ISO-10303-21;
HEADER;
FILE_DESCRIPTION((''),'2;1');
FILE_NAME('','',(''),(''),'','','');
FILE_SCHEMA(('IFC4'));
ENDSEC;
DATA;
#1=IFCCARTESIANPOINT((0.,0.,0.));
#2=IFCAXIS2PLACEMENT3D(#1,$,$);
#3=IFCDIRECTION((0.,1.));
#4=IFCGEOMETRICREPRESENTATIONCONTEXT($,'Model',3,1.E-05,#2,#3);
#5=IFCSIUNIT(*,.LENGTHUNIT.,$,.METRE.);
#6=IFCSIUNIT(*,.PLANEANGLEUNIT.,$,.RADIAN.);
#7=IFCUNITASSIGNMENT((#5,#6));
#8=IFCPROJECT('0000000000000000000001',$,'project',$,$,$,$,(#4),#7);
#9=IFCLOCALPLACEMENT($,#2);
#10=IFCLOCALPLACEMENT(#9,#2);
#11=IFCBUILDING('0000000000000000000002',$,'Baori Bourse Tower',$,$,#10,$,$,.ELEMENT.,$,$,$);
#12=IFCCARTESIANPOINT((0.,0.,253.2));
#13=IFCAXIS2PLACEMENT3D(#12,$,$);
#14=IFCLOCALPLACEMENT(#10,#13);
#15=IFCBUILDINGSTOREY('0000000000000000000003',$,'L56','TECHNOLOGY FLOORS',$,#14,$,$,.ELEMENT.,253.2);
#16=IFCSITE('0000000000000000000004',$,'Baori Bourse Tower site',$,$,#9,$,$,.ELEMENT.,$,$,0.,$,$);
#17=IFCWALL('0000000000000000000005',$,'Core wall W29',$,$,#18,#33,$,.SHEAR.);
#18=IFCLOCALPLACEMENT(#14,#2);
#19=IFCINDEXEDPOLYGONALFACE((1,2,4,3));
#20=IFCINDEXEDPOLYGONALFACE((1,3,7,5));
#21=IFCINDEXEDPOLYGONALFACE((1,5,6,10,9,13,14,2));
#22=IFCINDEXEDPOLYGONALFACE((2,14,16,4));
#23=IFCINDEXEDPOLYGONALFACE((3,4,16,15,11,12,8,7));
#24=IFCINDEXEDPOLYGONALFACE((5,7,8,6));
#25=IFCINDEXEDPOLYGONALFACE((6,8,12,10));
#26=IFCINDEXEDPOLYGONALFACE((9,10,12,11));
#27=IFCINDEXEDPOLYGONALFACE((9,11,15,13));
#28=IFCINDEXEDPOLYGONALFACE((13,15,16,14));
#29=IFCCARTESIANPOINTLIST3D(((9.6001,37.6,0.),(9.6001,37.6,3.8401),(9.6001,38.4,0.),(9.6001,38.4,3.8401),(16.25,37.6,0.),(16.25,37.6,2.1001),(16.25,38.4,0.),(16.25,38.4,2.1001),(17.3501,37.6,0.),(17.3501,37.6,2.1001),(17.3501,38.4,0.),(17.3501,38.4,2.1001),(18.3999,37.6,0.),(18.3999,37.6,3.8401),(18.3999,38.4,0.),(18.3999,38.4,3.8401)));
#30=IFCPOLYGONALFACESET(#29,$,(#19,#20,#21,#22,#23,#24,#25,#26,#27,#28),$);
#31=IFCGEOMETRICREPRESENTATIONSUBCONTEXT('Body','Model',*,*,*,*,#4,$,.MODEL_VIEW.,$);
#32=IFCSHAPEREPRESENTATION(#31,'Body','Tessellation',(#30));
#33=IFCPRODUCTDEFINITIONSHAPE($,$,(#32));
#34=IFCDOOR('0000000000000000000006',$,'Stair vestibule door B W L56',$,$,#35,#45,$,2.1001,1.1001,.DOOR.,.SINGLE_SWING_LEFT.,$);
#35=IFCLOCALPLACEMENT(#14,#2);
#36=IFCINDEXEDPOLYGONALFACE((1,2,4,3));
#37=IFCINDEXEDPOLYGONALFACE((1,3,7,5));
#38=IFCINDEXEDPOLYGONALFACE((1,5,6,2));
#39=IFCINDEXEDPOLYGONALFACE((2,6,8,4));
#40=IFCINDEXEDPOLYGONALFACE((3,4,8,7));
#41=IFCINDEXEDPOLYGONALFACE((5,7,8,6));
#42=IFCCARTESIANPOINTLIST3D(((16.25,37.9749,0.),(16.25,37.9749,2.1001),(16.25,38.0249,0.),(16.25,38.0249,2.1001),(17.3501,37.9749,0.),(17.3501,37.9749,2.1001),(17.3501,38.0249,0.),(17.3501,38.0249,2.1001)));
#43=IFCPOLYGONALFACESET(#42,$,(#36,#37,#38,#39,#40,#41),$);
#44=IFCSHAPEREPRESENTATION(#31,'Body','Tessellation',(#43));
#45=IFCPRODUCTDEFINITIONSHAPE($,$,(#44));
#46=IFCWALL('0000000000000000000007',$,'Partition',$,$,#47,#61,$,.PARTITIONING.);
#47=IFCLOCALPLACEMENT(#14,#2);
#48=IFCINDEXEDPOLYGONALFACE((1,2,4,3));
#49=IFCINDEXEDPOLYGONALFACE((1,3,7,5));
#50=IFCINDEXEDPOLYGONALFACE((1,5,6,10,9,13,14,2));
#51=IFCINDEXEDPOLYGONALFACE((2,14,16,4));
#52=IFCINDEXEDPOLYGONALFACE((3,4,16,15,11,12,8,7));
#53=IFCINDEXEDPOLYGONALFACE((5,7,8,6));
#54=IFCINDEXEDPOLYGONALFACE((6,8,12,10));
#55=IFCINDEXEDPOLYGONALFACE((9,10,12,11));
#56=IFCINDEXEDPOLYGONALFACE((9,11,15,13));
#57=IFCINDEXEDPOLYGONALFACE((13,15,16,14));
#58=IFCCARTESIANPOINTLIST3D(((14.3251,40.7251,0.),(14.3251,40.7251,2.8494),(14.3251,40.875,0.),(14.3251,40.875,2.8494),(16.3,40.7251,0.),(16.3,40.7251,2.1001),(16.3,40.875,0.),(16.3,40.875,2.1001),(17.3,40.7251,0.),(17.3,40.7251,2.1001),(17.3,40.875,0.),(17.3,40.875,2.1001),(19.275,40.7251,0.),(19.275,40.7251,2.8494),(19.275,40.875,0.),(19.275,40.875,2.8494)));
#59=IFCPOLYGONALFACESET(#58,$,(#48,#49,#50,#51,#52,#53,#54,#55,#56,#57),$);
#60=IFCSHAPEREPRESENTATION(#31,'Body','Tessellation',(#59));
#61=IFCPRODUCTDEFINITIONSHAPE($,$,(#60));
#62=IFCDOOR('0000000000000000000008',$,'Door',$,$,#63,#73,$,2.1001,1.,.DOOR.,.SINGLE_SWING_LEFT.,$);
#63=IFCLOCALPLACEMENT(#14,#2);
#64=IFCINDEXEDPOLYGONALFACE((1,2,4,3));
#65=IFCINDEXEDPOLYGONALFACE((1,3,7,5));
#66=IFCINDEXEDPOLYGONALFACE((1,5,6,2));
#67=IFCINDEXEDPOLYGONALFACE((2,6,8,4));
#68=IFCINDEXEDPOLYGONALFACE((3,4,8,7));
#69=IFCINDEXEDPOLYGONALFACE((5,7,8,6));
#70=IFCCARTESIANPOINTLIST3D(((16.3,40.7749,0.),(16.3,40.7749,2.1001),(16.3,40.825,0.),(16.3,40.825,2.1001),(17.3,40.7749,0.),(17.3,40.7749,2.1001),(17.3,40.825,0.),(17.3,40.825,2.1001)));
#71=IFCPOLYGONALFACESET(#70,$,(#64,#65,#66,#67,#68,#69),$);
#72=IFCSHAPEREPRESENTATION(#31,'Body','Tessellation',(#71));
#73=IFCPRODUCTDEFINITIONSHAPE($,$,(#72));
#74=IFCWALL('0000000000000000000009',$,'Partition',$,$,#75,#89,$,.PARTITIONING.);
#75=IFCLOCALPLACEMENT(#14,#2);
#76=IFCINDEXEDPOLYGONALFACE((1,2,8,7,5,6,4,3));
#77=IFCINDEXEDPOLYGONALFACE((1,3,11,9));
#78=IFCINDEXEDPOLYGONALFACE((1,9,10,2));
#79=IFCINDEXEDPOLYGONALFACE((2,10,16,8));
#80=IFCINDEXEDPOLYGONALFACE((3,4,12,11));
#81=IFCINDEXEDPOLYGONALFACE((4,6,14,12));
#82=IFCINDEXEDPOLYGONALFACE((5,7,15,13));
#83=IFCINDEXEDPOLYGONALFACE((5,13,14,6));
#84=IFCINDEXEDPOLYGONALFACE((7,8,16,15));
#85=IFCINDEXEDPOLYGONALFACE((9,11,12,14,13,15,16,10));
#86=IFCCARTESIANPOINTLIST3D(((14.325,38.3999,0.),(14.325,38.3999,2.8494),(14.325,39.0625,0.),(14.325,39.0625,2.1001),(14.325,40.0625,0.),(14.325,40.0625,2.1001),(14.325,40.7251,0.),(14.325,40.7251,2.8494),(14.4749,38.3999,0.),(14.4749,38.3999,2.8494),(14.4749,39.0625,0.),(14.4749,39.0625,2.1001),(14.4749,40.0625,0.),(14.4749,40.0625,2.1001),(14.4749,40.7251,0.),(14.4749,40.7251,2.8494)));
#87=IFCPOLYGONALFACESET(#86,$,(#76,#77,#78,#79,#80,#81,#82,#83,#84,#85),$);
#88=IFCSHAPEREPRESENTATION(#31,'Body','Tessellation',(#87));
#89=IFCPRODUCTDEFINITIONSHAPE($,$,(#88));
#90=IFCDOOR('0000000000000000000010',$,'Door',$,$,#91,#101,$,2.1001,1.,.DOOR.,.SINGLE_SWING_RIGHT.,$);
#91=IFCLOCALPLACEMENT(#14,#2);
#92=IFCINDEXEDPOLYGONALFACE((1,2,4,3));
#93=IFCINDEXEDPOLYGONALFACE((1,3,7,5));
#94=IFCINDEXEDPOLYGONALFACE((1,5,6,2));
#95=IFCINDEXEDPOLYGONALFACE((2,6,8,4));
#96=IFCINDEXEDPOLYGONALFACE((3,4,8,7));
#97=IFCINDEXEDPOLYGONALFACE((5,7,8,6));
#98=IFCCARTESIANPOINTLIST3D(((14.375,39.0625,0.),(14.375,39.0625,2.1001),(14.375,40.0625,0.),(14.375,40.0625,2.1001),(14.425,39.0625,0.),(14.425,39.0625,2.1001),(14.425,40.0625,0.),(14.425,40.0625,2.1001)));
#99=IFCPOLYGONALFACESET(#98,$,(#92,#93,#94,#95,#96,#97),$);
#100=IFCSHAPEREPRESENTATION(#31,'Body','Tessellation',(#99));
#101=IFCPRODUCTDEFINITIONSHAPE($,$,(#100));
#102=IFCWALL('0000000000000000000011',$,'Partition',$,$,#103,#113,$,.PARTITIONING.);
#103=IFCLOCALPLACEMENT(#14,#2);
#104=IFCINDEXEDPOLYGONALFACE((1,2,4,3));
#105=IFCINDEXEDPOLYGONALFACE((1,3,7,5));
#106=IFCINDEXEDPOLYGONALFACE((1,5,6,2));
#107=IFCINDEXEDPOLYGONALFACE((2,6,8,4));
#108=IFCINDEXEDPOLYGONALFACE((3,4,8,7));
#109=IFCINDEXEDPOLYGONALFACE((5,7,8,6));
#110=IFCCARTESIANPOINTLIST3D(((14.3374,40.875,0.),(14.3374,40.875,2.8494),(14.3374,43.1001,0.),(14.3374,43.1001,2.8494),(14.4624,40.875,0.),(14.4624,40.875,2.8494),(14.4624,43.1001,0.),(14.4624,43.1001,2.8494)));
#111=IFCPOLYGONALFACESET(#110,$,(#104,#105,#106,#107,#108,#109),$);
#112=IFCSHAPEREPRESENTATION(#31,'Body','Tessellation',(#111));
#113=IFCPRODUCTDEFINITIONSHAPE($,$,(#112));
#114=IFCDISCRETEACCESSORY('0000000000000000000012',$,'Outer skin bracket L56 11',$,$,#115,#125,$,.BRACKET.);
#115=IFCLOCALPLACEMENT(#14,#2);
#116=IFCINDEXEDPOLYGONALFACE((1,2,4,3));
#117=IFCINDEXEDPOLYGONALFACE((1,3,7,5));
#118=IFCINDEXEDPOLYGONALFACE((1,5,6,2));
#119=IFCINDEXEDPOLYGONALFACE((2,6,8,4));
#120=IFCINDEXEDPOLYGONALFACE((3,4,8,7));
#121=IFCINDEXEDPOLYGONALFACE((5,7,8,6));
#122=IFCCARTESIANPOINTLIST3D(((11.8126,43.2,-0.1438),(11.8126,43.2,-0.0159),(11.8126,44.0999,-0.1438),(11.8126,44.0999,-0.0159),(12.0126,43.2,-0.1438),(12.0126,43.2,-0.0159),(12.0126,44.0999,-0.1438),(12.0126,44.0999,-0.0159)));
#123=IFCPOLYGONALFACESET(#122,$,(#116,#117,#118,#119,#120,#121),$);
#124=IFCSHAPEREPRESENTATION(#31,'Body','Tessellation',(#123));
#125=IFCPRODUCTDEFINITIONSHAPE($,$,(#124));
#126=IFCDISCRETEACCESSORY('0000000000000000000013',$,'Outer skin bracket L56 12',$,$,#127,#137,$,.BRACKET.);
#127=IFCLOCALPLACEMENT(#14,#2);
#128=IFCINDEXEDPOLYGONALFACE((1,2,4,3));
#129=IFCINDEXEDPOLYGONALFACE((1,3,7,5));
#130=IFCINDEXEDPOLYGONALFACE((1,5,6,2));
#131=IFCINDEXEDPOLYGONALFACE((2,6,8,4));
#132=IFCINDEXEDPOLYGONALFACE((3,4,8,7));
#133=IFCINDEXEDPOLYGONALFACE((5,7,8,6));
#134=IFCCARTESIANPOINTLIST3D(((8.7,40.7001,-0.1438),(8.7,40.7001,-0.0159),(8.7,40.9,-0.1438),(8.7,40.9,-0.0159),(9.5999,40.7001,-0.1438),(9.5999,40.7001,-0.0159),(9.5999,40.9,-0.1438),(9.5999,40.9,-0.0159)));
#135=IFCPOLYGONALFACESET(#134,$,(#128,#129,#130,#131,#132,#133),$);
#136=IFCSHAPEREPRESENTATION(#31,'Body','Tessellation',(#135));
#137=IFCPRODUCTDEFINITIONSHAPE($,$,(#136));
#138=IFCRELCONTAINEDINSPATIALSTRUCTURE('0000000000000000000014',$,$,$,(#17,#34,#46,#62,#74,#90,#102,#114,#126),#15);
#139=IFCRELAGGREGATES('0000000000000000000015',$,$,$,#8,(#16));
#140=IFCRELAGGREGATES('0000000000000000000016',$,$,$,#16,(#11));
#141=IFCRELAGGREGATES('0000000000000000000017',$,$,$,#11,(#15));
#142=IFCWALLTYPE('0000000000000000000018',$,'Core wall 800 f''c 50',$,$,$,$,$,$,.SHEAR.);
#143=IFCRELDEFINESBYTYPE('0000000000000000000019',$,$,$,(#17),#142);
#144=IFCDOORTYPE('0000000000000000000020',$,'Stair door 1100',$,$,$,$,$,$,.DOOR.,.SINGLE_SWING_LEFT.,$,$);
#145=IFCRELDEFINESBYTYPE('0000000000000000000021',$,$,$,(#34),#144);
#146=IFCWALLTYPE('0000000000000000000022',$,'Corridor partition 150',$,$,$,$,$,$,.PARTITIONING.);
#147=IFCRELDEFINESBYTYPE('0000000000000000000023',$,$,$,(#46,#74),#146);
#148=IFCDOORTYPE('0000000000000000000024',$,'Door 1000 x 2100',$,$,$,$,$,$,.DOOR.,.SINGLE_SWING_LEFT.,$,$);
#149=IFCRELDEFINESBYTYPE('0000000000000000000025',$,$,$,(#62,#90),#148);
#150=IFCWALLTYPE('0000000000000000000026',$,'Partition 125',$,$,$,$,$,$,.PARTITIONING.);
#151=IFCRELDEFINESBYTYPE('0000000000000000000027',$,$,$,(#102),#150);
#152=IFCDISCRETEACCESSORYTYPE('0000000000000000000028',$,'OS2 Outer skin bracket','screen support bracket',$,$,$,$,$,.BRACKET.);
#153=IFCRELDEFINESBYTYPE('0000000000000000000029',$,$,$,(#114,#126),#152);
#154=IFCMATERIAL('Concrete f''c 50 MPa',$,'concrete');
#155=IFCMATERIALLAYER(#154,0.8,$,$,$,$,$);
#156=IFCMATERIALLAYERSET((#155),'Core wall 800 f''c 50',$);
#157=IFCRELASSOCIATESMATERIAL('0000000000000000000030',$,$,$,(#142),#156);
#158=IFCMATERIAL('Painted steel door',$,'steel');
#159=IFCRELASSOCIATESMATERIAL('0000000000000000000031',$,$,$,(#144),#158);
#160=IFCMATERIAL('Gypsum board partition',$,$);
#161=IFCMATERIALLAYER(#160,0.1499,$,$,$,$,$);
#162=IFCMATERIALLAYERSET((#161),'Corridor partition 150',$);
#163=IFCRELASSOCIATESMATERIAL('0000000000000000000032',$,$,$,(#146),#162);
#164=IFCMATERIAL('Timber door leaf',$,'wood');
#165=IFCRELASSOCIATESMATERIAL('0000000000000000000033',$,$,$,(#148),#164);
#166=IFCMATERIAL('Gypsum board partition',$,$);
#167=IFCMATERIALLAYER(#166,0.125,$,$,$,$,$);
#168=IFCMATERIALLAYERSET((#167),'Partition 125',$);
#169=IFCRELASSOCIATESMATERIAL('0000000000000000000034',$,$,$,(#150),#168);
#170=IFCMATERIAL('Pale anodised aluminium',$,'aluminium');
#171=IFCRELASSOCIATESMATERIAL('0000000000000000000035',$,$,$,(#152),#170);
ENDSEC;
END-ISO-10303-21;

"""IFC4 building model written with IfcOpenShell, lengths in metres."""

from ifc_helpers import new_model, si_unit, direction, frame, frame_2d, origin, origin_2d, place, context, subcontext, project, spatial, rectangle, extrude, material, layer, layer_set, type_object, element, fill, save


model = new_model("IFC4")

# Units and contexts
model_context = context("Model", 3, precision=1e-05, world=origin(), true_north=direction((0.0, 1.0)))
body_context = subcontext(model_context, "Body", "Model", "MODEL_VIEW")
ifc_project = project(units=[si_unit("LENGTHUNIT", "METRE"), si_unit("PLANEANGLEUNIT", "RADIAN")], contexts=[model_context])

# Site, building, storey
site_placement = place(None, origin())
site = spatial("IfcSite", under=ifc_project, at=site_placement, Name="Baori Bourse Tower site", CompositionType="ELEMENT", RefElevation=0.0)
building_placement = place(site_placement, origin())
building = spatial("IfcBuilding", under=site, at=building_placement, Name="Baori Bourse Tower", CompositionType="ELEMENT")
storey_placement = place(building_placement, frame((0.0, 0.0, 253.2)))
storey = spatial("IfcBuildingStorey", under=building, at=storey_placement, Name="L56", Description="TECHNOLOGY FLOORS", CompositionType="ELEMENT", Elevation=253.2)

# Shared definitions
ifc_material_1 = material(Name="Concrete f'c 50 MPa", Category="concrete")
ifc_layer_1 = layer(ifc_material_1, 0.8)
ifc_layer_set_1 = layer_set([ifc_layer_1], Name="Core wall 800 f'c 50")
wall_type_1 = type_object("IfcWallType", Name="Core wall 800 f'c 50", PredefinedType="SHEAR", material=ifc_layer_set_1)

# Walls, openings, doors
wall_1_placement = place(storey_placement, frame((9.6001, 38.0, 0.0), z_axis=(0.0, 0.0, 1.0), x_axis=(1.0, 0.0, 0.0)))
wall_1 = element("IfcWall", 1, at=wall_1_placement, inside=storey, type_object=wall_type_1, Name="Core wall W29", PredefinedType="SHEAR", context=body_context, shape_type="SweptSolid", body=[
    extrude(rectangle(XDim=8.7998, YDim=0.8, at=frame_2d((4.3999, 0.0))), origin(), (0.0, 0.0, 1.0), 3.8401),
])
opening_1_placement = place(wall_1_placement, frame((6.6499, 0.0, 0.0)))
opening_1 = element("IfcOpeningElement", 2, at=opening_1_placement, cuts=wall_1, PredefinedType="OPENING", context=body_context, shape_type="SweptSolid", body=[
    extrude(rectangle(XDim=1.1001, YDim=2.1001, at=frame_2d((0.55, 1.05))), frame((0.0, 0.4099, 0.0), z_axis=(0.0, -1.0, 0.0), x_axis=(1.0, 0.0, 0.0)), (0.0, 0.0, 1.0), 0.8201),
])
ifc_material_2 = material(Name="Painted steel door", Category="steel")
door_type_1 = type_object("IfcDoorType", Name="Stair door 1100", OperationType="SINGLE_SWING_LEFT", PredefinedType="DOOR", material=ifc_material_2)
door_1_placement = place(opening_1_placement, origin())
door_1 = element("IfcDoor", 3, at=door_1_placement, inside=storey, type_object=door_type_1, Name="Stair vestibule door B W L56", OperationType="SINGLE_SWING_LEFT", OverallHeight=2.1001, OverallWidth=1.1001, PredefinedType="DOOR", context=body_context, shape_type="SweptSolid", body=[
    extrude(rectangle(XDim=1.1001, YDim=2.1001, at=frame_2d((0.55, 1.05))), frame((0.0, 0.0249, 0.0), z_axis=(0.0, -1.0, 0.0), x_axis=(1.0, 0.0, 0.0)), (0.0, 0.0, 1.0), 0.05),
])
fill(opening_1, door_1)
ifc_material_3 = material(Name="Gypsum board partition")
ifc_layer_2 = layer(ifc_material_3, 0.1499)
ifc_layer_set_2 = layer_set([ifc_layer_2], Name="Corridor partition 150")
wall_type_2 = type_object("IfcWallType", Name="Corridor partition 150", PredefinedType="PARTITIONING", material=ifc_layer_set_2)
wall_2_placement = place(storey_placement, frame((14.325, 40.8, 0.0), z_axis=(0.0, 0.0, 1.0), x_axis=(1.0, 0.0, 0.0)))
wall_2 = element("IfcWall", 4, at=wall_2_placement, inside=storey, type_object=wall_type_2, Name="Partition", PredefinedType="PARTITIONING", context=body_context, shape_type="SweptSolid", body=[
    extrude(rectangle(XDim=4.95, YDim=0.1499, at=frame_2d((2.4751, 0.0))), origin(), (0.0, 0.0, 1.0), 2.8494),
])
opening_2_placement = place(wall_2_placement, frame((1.9751, 0.0, 0.0)))
opening_2 = element("IfcOpeningElement", 5, at=opening_2_placement, cuts=wall_2, PredefinedType="OPENING", context=body_context, shape_type="SweptSolid", body=[
    extrude(rectangle(XDim=1.0, YDim=2.1001, at=frame_2d((0.5, 1.05))), frame((0.0, 0.085, 0.0), z_axis=(0.0, -1.0, 0.0), x_axis=(1.0, 0.0, 0.0)), (0.0, 0.0, 1.0), 0.1699),
])
ifc_material_4 = material(Name="Timber door leaf", Category="wood")
door_type_2 = type_object("IfcDoorType", Name="Door 1000 x 2100", OperationType="SINGLE_SWING_LEFT", PredefinedType="DOOR", material=ifc_material_4)
door_2_placement = place(opening_2_placement, origin())
door_2 = element("IfcDoor", 6, at=door_2_placement, inside=storey, type_object=door_type_2, Name="Door", OperationType="SINGLE_SWING_LEFT", OverallHeight=2.1001, OverallWidth=1.0, PredefinedType="DOOR", context=body_context, shape_type="SweptSolid", body=[
    extrude(rectangle(XDim=1.0, YDim=2.1001, at=frame_2d((0.5, 1.05))), frame((0.0, 0.0249, 0.0), z_axis=(0.0, -1.0, 0.0), x_axis=(1.0, 0.0, 0.0)), (0.0, 0.0, 1.0), 0.05),
])
fill(opening_2, door_2)
wall_3_placement = place(storey_placement, frame((14.3999, 38.3999, 0.0), z_axis=(0.0, 0.0, 1.0), x_axis=(0.0, 1.0, 0.0)))
wall_3 = element("IfcWall", 7, at=wall_3_placement, inside=storey, type_object=wall_type_2, Name="Partition", PredefinedType="PARTITIONING", context=body_context, shape_type="SweptSolid", body=[
    extrude(rectangle(XDim=2.3252, YDim=0.1499, at=frame_2d((1.1626, 0.0))), origin(), (0.0, 0.0, 1.0), 2.8494),
])
opening_3_placement = place(wall_3_placement, frame((0.6626, 0.0, 0.0)))
opening_3 = element("IfcOpeningElement", 8, at=opening_3_placement, cuts=wall_3, PredefinedType="OPENING", context=body_context, shape_type="SweptSolid", body=[
    extrude(rectangle(XDim=1.0, YDim=2.1001, at=frame_2d((0.5, 1.05))), frame((0.0, 0.085, 0.0), z_axis=(0.0, -1.0, 0.0), x_axis=(1.0, 0.0, 0.0)), (0.0, 0.0, 1.0), 0.1699),
])
door_3_placement = place(opening_3_placement, origin())
door_3 = element("IfcDoor", 9, at=door_3_placement, inside=storey, type_object=door_type_2, Name="Door", OperationType="SINGLE_SWING_RIGHT", OverallHeight=2.1001, OverallWidth=1.0, PredefinedType="DOOR", context=body_context, shape_type="SweptSolid", body=[
    extrude(rectangle(XDim=1.0, YDim=2.1001, at=frame_2d((0.5, 1.05))), frame((0.0, 0.0249, 0.0), z_axis=(0.0, -1.0, 0.0), x_axis=(1.0, 0.0, 0.0)), (0.0, 0.0, 1.0), 0.05),
])
fill(opening_3, door_3)

# Wall
ifc_material_5 = material(Name="Gypsum board partition")
ifc_layer_3 = layer(ifc_material_5, 0.125)
ifc_layer_set_3 = layer_set([ifc_layer_3], Name="Partition 125")
wall_type_3 = type_object("IfcWallType", Name="Partition 125", PredefinedType="PARTITIONING", material=ifc_layer_set_3)
wall_4_placement = place(storey_placement, frame((14.3999, 40.875, 0.0), z_axis=(0.0, 0.0, 1.0), x_axis=(0.0, 1.0, 0.0)))
element("IfcWall", 10, at=wall_4_placement, inside=storey, type_object=wall_type_3, Name="Partition", PredefinedType="PARTITIONING", context=body_context, shape_type="SweptSolid", body=[
    extrude(rectangle(XDim=2.2251, YDim=0.125, at=frame_2d((1.1125, 0.0))), origin(), (0.0, 0.0, 1.0), 2.8494),
])

# Discrete accessories
ifc_material_6 = material(Name="Pale anodised aluminium", Category="aluminium")
discrete_accessory_type = type_object("IfcDiscreteAccessoryType", Name="OS2 Outer skin bracket", Description="screen support bracket", PredefinedType="BRACKET", material=ifc_material_6)
for number, where, z_axis, x_axis, name in (
    (11, (11.9126, 43.6499, -0.1438), (0.0, 0.0, 1.0), (-1.0, 0.0, 0.0), "Outer skin bracket L56 11"),
    (12, (9.1499, 40.8, -0.1438), (0.0, 0.0, 1.0), (0.0, -1.0, 0.0), "Outer skin bracket L56 12"),
):
    element("IfcDiscreteAccessory", number, at=place(storey_placement, frame(where, z_axis=z_axis, x_axis=x_axis)), inside=storey, type_object=discrete_accessory_type, Name=name, PredefinedType="BRACKET", context=body_context, shape_type="SweptSolid", body=[
        extrude(rectangle(XDim=0.2, YDim=0.8999, at=origin_2d()), origin(), (0.0, 0.0, 1.0), 0.1279),
    ])

save(model, "model.ifc")
